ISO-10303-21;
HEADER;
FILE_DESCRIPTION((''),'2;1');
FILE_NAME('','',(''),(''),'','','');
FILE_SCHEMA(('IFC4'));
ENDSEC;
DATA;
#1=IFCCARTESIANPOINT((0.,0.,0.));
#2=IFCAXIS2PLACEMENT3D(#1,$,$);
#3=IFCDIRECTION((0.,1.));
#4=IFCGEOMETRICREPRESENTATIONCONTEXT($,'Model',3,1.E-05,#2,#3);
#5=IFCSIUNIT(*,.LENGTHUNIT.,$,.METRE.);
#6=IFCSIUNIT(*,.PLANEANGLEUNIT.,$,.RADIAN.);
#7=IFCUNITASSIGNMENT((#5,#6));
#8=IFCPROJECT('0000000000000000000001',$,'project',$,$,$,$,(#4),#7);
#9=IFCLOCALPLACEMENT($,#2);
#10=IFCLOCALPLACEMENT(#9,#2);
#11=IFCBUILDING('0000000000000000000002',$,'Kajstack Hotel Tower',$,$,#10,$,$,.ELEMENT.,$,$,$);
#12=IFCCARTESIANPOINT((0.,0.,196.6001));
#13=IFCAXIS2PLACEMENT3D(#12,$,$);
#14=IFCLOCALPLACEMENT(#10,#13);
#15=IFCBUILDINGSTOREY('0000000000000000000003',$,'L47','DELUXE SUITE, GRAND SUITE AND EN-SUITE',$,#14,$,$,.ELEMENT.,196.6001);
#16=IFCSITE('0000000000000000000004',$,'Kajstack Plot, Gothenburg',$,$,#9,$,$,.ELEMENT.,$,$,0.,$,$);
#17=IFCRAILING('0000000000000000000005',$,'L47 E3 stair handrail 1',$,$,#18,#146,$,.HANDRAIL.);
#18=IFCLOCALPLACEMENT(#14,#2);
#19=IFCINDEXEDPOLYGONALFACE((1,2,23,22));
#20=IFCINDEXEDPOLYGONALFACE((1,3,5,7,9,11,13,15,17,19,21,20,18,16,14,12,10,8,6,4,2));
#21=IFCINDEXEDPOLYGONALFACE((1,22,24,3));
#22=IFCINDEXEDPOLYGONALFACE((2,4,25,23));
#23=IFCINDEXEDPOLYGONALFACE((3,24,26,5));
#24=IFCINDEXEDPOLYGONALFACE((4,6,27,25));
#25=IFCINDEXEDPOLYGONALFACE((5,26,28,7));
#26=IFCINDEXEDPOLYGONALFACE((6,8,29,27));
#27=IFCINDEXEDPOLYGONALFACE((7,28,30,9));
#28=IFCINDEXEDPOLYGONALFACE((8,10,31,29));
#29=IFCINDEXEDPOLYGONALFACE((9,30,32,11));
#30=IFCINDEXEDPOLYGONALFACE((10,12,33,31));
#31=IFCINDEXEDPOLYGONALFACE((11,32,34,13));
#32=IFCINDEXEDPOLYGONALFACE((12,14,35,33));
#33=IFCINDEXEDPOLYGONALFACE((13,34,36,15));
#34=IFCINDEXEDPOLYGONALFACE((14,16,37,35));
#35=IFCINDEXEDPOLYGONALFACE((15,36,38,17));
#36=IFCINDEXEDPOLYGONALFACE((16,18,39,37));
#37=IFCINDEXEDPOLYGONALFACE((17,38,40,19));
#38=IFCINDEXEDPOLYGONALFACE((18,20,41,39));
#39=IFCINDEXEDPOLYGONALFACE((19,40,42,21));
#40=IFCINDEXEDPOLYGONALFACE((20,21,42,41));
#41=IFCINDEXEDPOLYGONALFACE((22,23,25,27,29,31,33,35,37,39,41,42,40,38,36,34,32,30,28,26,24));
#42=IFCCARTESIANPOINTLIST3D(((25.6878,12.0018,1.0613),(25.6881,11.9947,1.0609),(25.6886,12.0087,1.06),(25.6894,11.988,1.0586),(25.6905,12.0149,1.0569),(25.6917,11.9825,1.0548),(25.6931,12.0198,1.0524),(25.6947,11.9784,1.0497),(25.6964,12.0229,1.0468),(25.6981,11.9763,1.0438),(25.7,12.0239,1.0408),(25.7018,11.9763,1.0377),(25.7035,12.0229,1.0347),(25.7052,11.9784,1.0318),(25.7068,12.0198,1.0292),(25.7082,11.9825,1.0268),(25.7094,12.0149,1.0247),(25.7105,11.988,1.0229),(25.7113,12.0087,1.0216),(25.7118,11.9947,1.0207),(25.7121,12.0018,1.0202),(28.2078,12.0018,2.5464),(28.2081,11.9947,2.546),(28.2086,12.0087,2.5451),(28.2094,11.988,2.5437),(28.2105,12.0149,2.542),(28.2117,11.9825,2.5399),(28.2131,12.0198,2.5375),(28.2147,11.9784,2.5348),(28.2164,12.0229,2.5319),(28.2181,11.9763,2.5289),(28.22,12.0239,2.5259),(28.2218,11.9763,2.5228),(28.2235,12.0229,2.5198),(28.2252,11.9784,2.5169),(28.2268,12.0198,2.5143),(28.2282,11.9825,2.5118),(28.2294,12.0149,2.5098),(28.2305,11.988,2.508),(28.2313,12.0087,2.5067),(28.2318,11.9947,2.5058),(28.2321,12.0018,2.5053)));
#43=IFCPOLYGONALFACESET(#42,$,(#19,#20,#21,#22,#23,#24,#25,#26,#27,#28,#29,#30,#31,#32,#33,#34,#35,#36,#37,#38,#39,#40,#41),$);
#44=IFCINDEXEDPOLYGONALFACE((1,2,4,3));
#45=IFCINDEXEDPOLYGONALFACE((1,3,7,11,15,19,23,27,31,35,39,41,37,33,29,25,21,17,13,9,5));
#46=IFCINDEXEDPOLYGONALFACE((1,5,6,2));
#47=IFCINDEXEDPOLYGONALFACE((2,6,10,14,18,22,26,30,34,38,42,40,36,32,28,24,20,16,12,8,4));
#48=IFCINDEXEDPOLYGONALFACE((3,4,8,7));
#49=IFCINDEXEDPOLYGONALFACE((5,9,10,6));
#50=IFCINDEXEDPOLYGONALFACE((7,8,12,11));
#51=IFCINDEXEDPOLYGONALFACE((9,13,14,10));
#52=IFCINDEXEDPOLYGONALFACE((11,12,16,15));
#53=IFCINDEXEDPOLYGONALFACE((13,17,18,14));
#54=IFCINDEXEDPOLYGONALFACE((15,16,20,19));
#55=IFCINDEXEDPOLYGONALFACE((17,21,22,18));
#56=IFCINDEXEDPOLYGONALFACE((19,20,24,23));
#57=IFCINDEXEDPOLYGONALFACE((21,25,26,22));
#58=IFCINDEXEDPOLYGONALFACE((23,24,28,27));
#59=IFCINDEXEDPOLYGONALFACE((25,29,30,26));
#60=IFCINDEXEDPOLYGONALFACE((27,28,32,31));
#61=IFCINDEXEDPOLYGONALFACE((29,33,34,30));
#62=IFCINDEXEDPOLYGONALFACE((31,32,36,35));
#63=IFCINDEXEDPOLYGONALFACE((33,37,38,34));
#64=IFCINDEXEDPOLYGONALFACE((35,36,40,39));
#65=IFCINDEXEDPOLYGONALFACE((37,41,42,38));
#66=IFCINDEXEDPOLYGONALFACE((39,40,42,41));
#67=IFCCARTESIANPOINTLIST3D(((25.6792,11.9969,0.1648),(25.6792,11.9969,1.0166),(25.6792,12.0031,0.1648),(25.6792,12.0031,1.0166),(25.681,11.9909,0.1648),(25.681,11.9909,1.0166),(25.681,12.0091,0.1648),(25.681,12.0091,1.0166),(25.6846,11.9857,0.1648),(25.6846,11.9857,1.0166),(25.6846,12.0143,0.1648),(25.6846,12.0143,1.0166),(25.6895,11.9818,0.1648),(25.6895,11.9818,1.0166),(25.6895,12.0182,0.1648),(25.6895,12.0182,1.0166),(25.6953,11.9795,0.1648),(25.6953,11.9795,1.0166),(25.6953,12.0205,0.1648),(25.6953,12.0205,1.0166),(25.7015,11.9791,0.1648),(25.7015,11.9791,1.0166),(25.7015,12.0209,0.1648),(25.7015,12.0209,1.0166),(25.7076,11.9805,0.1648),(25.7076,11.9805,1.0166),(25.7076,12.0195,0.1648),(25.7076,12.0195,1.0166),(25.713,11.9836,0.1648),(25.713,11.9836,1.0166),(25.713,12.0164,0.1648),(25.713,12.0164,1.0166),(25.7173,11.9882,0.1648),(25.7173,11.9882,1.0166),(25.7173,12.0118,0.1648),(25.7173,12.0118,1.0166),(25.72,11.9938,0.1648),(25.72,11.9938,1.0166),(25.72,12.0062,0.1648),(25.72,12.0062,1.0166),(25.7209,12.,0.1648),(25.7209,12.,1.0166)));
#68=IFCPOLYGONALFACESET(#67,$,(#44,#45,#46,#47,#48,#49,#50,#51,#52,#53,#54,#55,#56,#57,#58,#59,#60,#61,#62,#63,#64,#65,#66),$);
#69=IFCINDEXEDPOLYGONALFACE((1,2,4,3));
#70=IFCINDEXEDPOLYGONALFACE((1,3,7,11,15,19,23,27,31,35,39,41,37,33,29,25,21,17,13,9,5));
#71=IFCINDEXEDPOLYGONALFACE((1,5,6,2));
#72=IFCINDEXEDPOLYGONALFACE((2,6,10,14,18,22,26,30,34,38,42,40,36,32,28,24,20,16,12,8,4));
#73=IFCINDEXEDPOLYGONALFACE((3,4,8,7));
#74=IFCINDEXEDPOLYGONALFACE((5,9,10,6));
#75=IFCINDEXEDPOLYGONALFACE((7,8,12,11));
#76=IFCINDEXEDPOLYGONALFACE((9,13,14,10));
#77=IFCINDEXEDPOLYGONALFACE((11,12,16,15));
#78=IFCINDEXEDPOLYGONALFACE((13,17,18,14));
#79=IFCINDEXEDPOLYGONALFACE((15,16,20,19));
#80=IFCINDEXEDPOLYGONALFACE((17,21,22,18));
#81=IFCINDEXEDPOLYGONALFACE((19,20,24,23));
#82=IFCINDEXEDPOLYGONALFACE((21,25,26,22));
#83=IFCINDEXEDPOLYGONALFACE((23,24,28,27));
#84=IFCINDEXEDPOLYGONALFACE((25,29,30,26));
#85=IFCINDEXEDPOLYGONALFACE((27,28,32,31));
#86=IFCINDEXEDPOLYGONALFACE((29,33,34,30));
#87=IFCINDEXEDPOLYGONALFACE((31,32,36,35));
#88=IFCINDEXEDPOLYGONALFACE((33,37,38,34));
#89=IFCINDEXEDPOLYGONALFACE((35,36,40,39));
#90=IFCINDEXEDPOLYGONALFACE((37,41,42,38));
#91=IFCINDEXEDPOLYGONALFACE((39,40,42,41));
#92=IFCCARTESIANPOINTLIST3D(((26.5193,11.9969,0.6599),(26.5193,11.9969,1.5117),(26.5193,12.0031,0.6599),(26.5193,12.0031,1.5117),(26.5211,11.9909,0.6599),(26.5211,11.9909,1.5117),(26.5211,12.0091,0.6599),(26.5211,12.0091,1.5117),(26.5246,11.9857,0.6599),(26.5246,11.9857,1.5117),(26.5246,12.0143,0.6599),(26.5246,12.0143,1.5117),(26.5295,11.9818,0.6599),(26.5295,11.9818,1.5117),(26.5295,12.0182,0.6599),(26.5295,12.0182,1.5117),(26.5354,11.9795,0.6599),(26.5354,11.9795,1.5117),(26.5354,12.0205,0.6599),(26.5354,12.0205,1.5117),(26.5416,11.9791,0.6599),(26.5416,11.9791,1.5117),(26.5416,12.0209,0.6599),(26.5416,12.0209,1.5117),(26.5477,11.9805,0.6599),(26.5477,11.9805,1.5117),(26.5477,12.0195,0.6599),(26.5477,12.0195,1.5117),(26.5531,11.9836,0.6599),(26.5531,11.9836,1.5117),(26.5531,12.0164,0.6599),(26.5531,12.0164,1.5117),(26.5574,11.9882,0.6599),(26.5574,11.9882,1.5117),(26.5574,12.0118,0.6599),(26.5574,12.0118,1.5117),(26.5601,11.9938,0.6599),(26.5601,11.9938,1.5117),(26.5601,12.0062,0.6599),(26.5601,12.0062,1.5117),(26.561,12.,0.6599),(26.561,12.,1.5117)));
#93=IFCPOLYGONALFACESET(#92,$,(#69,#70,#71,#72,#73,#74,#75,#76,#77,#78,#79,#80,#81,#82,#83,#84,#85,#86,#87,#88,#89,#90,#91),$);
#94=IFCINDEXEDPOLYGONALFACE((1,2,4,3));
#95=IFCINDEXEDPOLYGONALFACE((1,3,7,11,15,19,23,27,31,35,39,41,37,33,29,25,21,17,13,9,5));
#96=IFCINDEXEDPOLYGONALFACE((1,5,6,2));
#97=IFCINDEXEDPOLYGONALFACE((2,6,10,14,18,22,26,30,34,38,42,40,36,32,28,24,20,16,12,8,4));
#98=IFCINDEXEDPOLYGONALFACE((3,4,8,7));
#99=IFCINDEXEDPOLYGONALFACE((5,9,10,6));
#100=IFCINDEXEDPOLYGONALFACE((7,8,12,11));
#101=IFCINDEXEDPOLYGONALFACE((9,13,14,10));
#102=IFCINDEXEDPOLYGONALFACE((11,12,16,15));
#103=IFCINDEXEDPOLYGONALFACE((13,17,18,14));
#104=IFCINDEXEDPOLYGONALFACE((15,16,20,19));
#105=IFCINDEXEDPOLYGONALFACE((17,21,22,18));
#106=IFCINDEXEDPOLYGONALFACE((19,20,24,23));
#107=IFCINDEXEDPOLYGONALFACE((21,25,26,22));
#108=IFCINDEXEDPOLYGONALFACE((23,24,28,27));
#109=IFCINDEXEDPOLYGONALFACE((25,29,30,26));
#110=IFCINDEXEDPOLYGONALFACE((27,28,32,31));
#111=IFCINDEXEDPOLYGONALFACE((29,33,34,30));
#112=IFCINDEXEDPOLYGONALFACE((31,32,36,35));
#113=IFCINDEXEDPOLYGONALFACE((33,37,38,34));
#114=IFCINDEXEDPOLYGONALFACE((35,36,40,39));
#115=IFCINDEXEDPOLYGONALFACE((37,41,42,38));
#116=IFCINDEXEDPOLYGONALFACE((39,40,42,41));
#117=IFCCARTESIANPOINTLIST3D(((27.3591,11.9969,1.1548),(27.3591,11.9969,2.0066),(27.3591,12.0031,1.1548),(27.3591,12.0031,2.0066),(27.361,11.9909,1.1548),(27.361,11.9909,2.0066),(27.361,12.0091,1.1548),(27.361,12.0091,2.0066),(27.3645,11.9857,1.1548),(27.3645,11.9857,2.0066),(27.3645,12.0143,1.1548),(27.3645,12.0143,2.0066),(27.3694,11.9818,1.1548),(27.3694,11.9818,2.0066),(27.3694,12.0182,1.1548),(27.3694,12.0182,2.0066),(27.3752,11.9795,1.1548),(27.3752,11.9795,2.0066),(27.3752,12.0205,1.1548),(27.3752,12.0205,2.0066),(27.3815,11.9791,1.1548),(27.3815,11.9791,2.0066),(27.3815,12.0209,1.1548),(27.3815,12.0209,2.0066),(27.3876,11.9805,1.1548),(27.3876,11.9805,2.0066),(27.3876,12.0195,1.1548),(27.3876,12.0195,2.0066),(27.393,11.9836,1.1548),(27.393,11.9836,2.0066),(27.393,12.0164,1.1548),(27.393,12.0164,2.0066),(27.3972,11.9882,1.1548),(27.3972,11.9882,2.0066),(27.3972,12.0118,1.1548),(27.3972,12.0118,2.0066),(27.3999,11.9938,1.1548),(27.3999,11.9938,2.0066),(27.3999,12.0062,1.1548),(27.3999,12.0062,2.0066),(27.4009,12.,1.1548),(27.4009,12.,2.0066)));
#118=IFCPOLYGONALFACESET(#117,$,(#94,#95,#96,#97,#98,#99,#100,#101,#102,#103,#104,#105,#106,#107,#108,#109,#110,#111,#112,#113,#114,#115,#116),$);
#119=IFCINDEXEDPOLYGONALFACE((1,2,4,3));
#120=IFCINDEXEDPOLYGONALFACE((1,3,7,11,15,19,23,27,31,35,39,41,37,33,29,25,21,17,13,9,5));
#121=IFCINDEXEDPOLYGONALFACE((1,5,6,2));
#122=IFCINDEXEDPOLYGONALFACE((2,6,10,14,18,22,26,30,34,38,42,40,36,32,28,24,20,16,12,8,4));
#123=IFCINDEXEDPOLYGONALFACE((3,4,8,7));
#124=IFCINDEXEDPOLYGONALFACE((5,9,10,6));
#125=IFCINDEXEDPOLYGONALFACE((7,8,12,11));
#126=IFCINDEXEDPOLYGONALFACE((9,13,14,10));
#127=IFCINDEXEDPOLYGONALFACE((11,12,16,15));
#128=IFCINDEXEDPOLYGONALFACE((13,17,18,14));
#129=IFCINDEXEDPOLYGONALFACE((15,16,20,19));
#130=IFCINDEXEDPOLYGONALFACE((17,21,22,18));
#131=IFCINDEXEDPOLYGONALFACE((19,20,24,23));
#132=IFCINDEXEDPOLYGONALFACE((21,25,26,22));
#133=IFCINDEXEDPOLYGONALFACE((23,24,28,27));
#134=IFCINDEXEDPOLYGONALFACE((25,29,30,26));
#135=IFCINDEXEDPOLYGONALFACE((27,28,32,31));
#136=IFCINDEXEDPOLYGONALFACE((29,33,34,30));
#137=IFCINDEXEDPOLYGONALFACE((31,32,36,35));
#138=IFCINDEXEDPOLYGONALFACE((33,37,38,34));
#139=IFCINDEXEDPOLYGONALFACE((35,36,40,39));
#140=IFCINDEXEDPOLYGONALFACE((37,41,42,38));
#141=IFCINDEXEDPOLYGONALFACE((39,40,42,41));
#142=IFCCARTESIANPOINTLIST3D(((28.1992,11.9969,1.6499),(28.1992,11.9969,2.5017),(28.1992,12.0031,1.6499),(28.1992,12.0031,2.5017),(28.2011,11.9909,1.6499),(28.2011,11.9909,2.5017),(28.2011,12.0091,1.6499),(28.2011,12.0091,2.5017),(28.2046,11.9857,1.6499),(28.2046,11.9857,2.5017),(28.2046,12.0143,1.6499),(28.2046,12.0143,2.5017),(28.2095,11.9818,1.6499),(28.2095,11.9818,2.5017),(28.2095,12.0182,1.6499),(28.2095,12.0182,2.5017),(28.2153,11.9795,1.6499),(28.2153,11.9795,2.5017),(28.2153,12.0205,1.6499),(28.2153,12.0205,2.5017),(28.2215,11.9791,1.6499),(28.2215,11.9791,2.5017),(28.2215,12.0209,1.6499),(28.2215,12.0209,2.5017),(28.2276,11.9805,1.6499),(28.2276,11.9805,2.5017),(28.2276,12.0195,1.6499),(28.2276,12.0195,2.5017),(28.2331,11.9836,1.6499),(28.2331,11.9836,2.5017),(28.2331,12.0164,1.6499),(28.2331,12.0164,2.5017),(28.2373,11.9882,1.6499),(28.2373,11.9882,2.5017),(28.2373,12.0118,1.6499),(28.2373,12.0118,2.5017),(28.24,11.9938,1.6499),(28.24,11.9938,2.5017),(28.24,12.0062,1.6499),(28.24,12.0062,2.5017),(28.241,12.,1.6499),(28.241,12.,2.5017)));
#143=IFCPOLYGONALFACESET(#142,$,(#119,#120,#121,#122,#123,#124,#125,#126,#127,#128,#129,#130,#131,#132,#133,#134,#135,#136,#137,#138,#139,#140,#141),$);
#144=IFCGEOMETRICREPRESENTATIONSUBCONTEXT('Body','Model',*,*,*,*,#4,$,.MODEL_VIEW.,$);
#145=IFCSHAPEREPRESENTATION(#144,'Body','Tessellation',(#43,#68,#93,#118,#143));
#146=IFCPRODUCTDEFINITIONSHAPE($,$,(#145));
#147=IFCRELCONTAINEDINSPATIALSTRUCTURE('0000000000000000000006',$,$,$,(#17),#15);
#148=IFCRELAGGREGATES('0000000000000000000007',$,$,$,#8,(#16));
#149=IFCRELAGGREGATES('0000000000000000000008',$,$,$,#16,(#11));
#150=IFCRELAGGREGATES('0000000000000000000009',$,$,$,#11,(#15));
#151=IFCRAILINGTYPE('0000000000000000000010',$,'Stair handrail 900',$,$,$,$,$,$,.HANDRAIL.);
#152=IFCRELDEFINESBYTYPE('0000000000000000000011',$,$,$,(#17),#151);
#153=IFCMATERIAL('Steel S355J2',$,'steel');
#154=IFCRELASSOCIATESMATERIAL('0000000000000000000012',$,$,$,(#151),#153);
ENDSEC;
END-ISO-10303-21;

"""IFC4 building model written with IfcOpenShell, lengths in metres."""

from ifc_helpers import new_model, si_unit, direction, frame, origin, origin_2d, place, context, subcontext, project, spatial, circle, extrude, material, type_object, element, save


model = new_model("IFC4")

# Units and contexts
model_context = context("Model", 3, precision=1e-05, world=origin(), true_north=direction((0.0, 1.0)))
body_context = subcontext(model_context, "Body", "Model", "MODEL_VIEW")
ifc_project = project(units=[si_unit("LENGTHUNIT", "METRE"), si_unit("PLANEANGLEUNIT", "RADIAN")], contexts=[model_context])

# Site, building, storey
site_placement = place(None, origin())
site = spatial("IfcSite", under=ifc_project, at=site_placement, Name="Kajstack Plot, Gothenburg", CompositionType="ELEMENT", RefElevation=0.0)
building_placement = place(site_placement, origin())
building = spatial("IfcBuilding", under=site, at=building_placement, Name="Kajstack Hotel Tower", CompositionType="ELEMENT")
storey_placement = place(building_placement, frame((0.0, 0.0, 196.6001)))
storey = spatial("IfcBuildingStorey", under=building, at=storey_placement, Name="L47", Description="DELUXE SUITE, GRAND SUITE AND EN-SUITE", CompositionType="ELEMENT", Elevation=196.6001)

# Railing
ifc_material_1 = material(Name="Steel S355J2", Category="steel")
railing_type_1 = type_object("IfcRailingType", Name="Stair handrail 900", PredefinedType="HANDRAIL", material=ifc_material_1)
railing_1_placement = place(storey_placement, frame((25.7, 12.0, 0.1648)))
element("IfcRailing", 1, at=railing_1_placement, inside=storey, type_object=railing_type_1, Name="L47 E3 stair handrail 1", PredefinedType="HANDRAIL", context=body_context, shape_type="SweptSolid", body=[
    extrude(circle(Radius=0.0239, at=origin_2d()), frame((0.0, 0.0, 0.876), z_axis=(0.861524, 0.0, 0.507717), x_axis=(0.0, 1.0, 0.0)), (0.0, 0.0, 1.0), 2.925),
    extrude(circle(Radius=0.021, at=origin_2d()), origin(), (0.0, 0.0, 1.0), 0.8518),
    extrude(circle(Radius=0.021, at=origin_2d()), frame((0.8401, 0.0, 0.4951)), (0.0, 0.0, 1.0), 0.8518),
    extrude(circle(Radius=0.021, at=origin_2d()), frame((1.6799, 0.0, 0.99)), (0.0, 0.0, 1.0), 0.8518),
    extrude(circle(Radius=0.021, at=origin_2d()), frame((2.52, 0.0, 1.4851)), (0.0, 0.0, 1.0), 0.8518),
])

save(model, "model.ifc")
